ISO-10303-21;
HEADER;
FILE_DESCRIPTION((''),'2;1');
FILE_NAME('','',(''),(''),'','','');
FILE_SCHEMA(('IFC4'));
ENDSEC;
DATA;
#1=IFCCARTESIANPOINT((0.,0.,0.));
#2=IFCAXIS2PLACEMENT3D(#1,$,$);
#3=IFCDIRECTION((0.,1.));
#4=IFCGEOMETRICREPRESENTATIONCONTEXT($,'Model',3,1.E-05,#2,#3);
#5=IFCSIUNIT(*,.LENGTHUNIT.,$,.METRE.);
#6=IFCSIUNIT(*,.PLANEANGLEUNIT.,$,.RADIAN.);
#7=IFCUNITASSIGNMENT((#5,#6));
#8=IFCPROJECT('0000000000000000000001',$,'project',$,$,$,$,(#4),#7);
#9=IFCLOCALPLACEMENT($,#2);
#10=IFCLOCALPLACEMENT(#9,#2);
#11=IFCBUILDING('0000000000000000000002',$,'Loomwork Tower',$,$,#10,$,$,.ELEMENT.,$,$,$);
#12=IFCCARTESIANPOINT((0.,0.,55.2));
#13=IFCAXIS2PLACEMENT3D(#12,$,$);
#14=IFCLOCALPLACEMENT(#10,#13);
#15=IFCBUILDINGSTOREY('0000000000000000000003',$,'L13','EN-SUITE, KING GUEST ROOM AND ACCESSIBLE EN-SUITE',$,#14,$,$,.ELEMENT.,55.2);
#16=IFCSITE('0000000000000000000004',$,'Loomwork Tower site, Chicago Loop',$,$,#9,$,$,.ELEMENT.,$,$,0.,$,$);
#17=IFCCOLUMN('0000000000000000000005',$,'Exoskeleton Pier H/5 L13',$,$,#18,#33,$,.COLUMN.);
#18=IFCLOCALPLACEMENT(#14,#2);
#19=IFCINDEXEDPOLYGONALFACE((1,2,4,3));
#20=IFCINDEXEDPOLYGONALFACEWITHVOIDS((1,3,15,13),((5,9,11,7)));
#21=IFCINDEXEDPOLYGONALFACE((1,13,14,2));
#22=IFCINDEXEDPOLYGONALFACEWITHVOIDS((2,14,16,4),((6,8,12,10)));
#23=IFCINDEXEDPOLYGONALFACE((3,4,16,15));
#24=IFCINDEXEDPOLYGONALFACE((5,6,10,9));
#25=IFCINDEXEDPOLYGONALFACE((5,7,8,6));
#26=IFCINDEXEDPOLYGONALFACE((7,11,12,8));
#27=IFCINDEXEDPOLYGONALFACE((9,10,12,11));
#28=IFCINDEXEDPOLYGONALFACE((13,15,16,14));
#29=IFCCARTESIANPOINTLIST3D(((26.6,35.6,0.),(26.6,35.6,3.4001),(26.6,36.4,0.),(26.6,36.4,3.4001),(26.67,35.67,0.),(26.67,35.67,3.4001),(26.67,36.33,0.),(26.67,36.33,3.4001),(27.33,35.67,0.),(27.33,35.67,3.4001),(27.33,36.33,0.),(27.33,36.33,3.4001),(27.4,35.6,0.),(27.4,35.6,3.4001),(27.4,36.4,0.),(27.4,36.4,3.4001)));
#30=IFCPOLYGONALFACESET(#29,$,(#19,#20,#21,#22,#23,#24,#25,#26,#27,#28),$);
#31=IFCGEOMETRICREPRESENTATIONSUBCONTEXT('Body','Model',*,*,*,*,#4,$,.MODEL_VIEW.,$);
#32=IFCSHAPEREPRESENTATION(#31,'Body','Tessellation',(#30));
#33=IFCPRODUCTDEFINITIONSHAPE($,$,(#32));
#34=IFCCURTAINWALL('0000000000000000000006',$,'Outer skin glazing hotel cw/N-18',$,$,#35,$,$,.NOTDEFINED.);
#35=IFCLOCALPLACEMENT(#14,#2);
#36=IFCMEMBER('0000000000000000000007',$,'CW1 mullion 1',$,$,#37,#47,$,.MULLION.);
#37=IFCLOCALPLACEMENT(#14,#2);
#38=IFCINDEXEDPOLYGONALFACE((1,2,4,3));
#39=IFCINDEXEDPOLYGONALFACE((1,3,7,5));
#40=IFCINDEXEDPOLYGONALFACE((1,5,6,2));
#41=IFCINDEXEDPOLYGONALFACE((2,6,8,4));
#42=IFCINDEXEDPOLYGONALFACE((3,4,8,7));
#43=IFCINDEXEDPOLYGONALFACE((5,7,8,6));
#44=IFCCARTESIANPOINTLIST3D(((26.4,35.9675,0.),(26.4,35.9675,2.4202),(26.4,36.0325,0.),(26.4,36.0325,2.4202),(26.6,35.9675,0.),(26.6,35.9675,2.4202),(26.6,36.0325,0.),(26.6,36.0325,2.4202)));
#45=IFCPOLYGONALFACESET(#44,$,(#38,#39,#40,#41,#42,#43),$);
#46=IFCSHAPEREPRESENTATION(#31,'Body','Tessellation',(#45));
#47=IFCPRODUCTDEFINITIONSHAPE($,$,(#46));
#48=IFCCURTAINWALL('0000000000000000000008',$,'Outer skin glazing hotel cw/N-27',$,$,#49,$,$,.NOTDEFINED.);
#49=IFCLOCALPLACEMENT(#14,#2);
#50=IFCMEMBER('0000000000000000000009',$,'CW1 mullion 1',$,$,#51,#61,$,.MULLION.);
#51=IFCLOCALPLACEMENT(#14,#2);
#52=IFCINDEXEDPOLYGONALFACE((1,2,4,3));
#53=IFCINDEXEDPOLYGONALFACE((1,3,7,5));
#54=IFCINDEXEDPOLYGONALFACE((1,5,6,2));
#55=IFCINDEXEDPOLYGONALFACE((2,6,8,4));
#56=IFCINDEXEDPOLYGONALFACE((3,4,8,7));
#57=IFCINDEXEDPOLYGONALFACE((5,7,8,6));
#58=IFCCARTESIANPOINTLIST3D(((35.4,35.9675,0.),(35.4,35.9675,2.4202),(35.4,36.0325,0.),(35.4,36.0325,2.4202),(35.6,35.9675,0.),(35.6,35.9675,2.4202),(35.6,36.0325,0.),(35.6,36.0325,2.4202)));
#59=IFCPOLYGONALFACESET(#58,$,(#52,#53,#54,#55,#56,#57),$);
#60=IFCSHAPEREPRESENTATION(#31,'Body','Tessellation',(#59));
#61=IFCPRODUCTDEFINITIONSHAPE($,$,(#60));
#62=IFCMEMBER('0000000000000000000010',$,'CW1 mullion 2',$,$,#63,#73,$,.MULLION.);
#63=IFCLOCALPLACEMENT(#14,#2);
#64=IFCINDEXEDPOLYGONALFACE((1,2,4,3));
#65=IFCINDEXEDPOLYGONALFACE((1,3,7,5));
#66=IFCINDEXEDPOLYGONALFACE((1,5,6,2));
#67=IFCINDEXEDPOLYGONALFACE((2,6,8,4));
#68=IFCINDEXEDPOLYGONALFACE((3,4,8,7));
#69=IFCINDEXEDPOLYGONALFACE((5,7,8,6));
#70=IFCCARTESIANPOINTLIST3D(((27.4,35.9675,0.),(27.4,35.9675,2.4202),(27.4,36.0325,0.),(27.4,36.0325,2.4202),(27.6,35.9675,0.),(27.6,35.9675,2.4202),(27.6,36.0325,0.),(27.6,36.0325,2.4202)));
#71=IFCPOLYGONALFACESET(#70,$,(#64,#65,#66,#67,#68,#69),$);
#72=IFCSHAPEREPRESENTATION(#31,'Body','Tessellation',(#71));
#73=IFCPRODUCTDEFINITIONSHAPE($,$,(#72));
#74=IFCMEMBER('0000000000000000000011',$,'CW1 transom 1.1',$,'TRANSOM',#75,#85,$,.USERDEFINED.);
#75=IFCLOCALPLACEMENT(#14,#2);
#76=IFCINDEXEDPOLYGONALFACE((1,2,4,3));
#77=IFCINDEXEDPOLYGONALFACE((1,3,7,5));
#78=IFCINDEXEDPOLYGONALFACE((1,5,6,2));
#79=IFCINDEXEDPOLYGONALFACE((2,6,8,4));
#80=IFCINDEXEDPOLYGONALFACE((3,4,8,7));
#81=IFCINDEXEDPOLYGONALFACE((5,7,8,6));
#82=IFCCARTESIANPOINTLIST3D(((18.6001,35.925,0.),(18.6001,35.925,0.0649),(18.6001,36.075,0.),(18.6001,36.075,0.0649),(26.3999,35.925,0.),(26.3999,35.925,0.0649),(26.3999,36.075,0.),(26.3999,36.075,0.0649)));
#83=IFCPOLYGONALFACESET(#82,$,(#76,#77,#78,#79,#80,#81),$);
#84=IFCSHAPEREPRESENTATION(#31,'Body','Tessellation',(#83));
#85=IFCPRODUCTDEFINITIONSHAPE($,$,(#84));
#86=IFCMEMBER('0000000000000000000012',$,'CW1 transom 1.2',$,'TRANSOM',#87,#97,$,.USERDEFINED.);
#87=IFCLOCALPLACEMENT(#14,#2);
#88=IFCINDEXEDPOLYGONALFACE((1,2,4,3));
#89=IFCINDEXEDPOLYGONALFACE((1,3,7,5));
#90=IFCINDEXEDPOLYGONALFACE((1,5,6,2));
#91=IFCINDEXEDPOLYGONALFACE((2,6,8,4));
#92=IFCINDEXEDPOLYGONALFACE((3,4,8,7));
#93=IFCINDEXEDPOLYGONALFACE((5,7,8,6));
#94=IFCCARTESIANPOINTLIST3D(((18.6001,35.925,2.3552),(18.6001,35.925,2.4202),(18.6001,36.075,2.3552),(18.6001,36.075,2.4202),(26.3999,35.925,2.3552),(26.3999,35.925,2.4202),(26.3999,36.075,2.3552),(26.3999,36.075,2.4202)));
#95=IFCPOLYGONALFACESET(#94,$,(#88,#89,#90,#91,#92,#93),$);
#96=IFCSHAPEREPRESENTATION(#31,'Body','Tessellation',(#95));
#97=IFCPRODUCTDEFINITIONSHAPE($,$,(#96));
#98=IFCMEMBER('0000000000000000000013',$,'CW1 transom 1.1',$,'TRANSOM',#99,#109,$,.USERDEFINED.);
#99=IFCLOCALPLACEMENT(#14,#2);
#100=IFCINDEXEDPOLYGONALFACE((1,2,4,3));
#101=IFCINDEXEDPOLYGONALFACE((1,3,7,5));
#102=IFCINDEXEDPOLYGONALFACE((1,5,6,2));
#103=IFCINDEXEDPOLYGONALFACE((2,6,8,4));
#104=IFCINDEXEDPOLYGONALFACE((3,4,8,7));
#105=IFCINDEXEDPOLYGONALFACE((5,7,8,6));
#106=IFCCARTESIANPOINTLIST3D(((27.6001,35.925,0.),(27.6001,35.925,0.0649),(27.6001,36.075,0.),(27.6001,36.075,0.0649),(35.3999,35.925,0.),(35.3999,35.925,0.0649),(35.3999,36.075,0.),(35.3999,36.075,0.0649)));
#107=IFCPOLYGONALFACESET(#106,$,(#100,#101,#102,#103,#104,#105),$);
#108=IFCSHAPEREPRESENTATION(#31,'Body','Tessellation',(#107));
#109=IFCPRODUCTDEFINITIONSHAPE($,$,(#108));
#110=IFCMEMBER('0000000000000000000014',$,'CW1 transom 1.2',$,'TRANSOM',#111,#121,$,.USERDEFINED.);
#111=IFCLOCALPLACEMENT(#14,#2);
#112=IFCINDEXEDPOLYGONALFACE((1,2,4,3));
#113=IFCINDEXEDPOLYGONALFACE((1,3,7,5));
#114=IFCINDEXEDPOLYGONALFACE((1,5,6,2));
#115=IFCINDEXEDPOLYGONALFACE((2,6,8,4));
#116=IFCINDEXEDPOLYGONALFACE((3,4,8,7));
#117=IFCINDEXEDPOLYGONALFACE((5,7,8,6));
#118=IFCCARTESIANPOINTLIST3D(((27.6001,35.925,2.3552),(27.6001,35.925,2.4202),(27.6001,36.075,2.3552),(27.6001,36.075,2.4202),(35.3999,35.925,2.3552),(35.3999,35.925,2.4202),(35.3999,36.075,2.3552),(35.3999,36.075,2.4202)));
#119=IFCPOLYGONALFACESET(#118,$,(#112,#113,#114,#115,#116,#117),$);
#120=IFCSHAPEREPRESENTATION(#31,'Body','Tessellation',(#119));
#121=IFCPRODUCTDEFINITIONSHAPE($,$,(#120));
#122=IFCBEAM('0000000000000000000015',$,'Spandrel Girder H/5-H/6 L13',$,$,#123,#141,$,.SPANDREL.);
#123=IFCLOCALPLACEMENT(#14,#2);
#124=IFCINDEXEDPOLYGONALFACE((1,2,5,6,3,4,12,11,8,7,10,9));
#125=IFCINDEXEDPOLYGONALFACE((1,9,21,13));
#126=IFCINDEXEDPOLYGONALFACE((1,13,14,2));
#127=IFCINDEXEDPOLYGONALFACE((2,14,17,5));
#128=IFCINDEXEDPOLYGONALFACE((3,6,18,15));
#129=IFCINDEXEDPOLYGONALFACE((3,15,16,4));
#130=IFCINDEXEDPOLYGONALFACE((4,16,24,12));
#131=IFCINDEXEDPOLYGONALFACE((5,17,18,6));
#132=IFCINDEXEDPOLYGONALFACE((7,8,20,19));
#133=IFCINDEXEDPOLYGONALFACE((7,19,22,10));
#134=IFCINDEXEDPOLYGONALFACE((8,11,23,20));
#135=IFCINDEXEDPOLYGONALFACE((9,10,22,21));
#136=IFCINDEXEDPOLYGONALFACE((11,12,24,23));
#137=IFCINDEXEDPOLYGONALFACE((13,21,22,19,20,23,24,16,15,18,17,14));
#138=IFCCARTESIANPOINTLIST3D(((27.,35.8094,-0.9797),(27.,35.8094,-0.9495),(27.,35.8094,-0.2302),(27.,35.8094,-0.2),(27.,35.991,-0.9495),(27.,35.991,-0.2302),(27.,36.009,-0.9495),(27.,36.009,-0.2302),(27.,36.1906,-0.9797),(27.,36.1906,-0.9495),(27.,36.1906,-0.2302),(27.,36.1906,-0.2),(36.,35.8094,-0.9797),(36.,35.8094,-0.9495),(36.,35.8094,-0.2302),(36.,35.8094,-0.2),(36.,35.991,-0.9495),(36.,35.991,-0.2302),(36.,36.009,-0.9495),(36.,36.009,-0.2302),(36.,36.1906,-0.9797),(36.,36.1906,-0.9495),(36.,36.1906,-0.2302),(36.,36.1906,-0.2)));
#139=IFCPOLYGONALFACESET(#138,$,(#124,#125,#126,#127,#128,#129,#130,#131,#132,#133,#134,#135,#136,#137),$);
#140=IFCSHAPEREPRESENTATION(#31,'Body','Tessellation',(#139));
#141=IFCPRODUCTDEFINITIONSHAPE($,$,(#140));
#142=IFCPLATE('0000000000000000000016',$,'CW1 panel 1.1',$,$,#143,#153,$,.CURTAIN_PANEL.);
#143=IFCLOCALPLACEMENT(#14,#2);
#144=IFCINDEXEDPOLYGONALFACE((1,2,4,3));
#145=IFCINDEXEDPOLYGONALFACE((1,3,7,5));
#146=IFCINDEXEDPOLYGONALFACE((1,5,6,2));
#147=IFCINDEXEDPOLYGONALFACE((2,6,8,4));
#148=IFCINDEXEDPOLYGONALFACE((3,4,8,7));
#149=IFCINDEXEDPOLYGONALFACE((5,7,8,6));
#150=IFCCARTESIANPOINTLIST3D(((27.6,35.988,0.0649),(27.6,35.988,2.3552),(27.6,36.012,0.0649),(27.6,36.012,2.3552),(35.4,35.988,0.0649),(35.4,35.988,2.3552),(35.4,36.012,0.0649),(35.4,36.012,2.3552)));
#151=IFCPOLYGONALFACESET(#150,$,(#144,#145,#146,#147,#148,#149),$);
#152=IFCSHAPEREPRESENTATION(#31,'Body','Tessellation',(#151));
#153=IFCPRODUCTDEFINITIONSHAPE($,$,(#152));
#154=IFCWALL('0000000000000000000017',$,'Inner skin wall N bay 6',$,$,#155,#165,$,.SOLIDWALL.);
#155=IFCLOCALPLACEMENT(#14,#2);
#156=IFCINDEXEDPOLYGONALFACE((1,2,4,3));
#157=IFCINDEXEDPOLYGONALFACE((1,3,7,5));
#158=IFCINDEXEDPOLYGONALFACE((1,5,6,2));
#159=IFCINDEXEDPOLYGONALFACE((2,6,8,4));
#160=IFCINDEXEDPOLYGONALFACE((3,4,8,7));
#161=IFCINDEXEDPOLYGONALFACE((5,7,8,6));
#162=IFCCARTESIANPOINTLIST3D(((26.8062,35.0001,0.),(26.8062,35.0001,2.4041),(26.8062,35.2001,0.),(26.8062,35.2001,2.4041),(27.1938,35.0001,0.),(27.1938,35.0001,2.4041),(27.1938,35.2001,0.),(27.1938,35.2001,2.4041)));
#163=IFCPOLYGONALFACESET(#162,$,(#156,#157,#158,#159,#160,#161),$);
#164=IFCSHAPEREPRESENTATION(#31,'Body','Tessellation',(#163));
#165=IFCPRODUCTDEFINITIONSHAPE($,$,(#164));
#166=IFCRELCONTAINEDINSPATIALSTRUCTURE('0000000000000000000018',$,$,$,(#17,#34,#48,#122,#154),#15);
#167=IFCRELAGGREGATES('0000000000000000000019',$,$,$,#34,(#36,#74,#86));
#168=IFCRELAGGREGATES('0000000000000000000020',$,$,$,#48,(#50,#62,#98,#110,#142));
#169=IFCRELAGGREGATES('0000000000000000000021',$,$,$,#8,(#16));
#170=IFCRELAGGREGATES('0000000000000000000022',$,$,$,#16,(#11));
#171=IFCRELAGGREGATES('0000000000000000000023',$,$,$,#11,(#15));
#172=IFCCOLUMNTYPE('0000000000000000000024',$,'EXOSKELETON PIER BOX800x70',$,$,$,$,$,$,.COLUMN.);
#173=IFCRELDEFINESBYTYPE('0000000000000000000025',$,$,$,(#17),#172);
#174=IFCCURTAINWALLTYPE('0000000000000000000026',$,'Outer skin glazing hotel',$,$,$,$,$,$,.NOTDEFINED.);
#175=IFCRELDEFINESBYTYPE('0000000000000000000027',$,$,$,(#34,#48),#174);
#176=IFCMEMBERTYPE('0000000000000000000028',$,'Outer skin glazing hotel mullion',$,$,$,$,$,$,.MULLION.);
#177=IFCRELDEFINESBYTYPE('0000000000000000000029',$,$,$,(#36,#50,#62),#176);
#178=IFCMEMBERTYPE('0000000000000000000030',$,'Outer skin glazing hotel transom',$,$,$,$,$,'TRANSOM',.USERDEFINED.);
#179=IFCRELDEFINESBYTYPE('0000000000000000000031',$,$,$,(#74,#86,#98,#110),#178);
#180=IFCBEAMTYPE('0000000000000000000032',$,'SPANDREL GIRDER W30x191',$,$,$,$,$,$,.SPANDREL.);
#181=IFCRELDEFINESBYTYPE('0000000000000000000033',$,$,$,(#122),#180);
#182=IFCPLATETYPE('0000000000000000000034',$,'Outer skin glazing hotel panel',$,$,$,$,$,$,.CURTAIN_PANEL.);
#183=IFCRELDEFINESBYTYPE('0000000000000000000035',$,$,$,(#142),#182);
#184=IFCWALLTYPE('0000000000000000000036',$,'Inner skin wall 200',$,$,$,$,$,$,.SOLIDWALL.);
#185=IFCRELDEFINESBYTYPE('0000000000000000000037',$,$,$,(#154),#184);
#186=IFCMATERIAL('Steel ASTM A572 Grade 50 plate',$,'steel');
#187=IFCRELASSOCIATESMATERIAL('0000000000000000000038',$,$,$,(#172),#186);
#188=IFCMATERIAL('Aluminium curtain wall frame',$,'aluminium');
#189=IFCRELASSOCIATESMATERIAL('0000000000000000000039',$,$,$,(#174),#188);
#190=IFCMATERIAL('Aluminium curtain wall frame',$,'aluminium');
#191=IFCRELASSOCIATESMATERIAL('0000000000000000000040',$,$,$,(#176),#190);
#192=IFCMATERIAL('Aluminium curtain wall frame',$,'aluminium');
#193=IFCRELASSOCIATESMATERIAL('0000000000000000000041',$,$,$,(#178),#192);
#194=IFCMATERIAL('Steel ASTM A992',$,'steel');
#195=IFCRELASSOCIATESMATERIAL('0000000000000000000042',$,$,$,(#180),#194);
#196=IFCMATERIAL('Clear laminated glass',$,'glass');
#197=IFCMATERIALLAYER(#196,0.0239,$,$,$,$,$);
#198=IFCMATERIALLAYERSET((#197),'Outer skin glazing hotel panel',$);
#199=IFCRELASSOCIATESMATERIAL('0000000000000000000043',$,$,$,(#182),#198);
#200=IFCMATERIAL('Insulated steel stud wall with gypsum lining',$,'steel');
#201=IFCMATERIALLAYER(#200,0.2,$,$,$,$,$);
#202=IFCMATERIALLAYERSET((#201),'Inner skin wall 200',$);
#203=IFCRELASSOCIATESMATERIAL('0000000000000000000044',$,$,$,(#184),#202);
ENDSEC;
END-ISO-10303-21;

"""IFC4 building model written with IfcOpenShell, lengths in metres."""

from ifc_helpers import new_model, si_unit, direction, frame, frame_2d, origin, origin_2d, place, context, subcontext, project, spatial, rectangle, hollow_rectangle, i_section, extrude, material, layer, layer_set, material_profile, profile_set, type_object, element, aggregate, save


model = new_model("IFC4")

# Units and contexts
model_context = context("Model", 3, precision=1e-05, world=origin(), true_north=direction((0.0, 1.0)))
body_context = subcontext(model_context, "Body", "Model", "MODEL_VIEW")
ifc_project = project(units=[si_unit("LENGTHUNIT", "METRE"), si_unit("PLANEANGLEUNIT", "RADIAN")], contexts=[model_context])

# Site, building, storey
site_placement = place(None, origin())
site = spatial("IfcSite", under=ifc_project, at=site_placement, Name="Loomwork Tower site, Chicago Loop", CompositionType="ELEMENT", RefElevation=0.0)
building_placement = place(site_placement, origin())
building = spatial("IfcBuilding", under=site, at=building_placement, Name="Loomwork Tower", CompositionType="ELEMENT")
storey_placement = place(building_placement, frame((0.0, 0.0, 55.2)))
storey = spatial("IfcBuildingStorey", under=building, at=storey_placement, Name="L13", Description="EN-SUITE, KING GUEST ROOM AND ACCESSIBLE EN-SUITE", CompositionType="ELEMENT", Elevation=55.2)

# Column
ifc_material_1 = material(Name="Steel ASTM A572 Grade 50 plate", Category="steel")
ifc_material_profile_1 = material_profile(ifc_material_1, hollow_rectangle(XDim=0.8, YDim=0.8, WallThickness=0.0701, at=origin_2d()), Name="BOX800x70")
ifc_profile_set_1 = profile_set([ifc_material_profile_1], Name="Steel ASTM A572 Grade 50 plate")
column_type = type_object("IfcColumnType", Name="EXOSKELETON PIER BOX800x70", PredefinedType="COLUMN", material=ifc_profile_set_1)
column_placement = place(storey_placement, frame((27.0, 36.0, 0.0), z_axis=(0.0, 0.0, 1.0), x_axis=(1.0, 0.0, 0.0)))
element("IfcColumn", 1, at=column_placement, inside=storey, type_object=column_type, Name="Exoskeleton Pier H/5 L13", PredefinedType="COLUMN", context=body_context, shape_type="SweptSolid", body=[
    extrude(hollow_rectangle(XDim=0.8, YDim=0.8, WallThickness=0.0701, at=origin_2d()), origin(), (0.0, 0.0, 1.0), 3.4001),
])

# Curtain wall, member
ifc_material_2 = material(Name="Aluminium curtain wall frame", Category="aluminium")
curtain_wall_type = type_object("IfcCurtainWallType", Name="Outer skin glazing hotel", PredefinedType="NOTDEFINED", material=ifc_material_2)
curtain_wall_1_placement = place(storey_placement, origin())
curtain_wall_1 = element("IfcCurtainWall", 2, at=curtain_wall_1_placement, inside=storey, type_object=curtain_wall_type, Name="Outer skin glazing hotel cw/N-18", PredefinedType="NOTDEFINED")
ifc_material_3 = material(Name="Aluminium curtain wall frame", Category="aluminium")
ifc_material_profile_2 = material_profile(ifc_material_3, rectangle(XDim=0.0649, YDim=0.2, at=origin_2d()), Name="AL 65x200")
ifc_profile_set_2 = profile_set([ifc_material_profile_2], Name="Aluminium curtain wall frame")
member_type_1 = type_object("IfcMemberType", Name="Outer skin glazing hotel mullion", PredefinedType="MULLION", material=ifc_profile_set_2)
member_1_placement = place(storey_placement, frame((26.5, 36.0, 0.0), z_axis=(0.0, 0.0, 1.0), x_axis=(0.0, -1.0, 0.0)))
member_1 = element("IfcMember", 3, at=member_1_placement, type_object=member_type_1, Name="CW1 mullion 1", PredefinedType="MULLION", context=body_context, shape_type="SweptSolid", body=[
    extrude(rectangle(XDim=0.0649, YDim=0.2, at=origin_2d()), origin(), (0.0, 0.0, 1.0), 2.4202),
])

# Curtain wall, members
curtain_wall_2_placement = place(storey_placement, origin())
curtain_wall_2 = element("IfcCurtainWall", 4, at=curtain_wall_2_placement, inside=storey, type_object=curtain_wall_type, Name="Outer skin glazing hotel cw/N-27", PredefinedType="NOTDEFINED")
member_2_placement = place(storey_placement, frame((35.5, 36.0, 0.0), z_axis=(0.0, 0.0, 1.0), x_axis=(0.0, -1.0, 0.0)))
member_2 = element("IfcMember", 5, at=member_2_placement, type_object=member_type_1, Name="CW1 mullion 1", PredefinedType="MULLION", context=body_context, shape_type="SweptSolid", body=[
    extrude(rectangle(XDim=0.0649, YDim=0.2, at=origin_2d()), origin(), (0.0, 0.0, 1.0), 2.4202),
])
member_3_placement = place(storey_placement, frame((27.5, 36.0, 0.0), z_axis=(0.0, 0.0, 1.0), x_axis=(0.0, -1.0, 0.0)))
member_3 = element("IfcMember", 6, at=member_3_placement, type_object=member_type_1, Name="CW1 mullion 2", PredefinedType="MULLION", context=body_context, shape_type="SweptSolid", body=[
    extrude(rectangle(XDim=0.0649, YDim=0.2, at=origin_2d()), origin(), (0.0, 0.0, 1.0), 2.4202),
])

# Members
ifc_material_4 = material(Name="Aluminium curtain wall frame", Category="aluminium")
ifc_material_profile_3 = material_profile(ifc_material_4, rectangle(XDim=0.1499, YDim=0.0649, at=origin_2d()), Name="AL 65x150")
ifc_profile_set_3 = profile_set([ifc_material_profile_3], Name="Aluminium curtain wall frame")
member_type_2 = type_object("IfcMemberType", Name="Outer skin glazing hotel transom", ElementType="TRANSOM", PredefinedType="USERDEFINED", material=ifc_profile_set_3)
member_4_placement = place(storey_placement, frame((26.3999, 36.0, 0.0325), z_axis=(-1.0, 0.0, 0.0), x_axis=(0.0, -1.0, 0.0)))
member_4 = element("IfcMember", 7, at=member_4_placement, type_object=member_type_2, Name="CW1 transom 1.1", ObjectType="TRANSOM", PredefinedType="USERDEFINED", context=body_context, shape_type="SweptSolid", body=[
    extrude(rectangle(XDim=0.1499, YDim=0.0649, at=origin_2d()), origin(), (0.0, 0.0, 1.0), 7.7998),
])
member_5_placement = place(storey_placement, frame((26.3999, 36.0, 2.3877), z_axis=(-1.0, 0.0, 0.0), x_axis=(0.0, -1.0, 0.0)))
member_5 = element("IfcMember", 8, at=member_5_placement, type_object=member_type_2, Name="CW1 transom 1.2", ObjectType="TRANSOM", PredefinedType="USERDEFINED", context=body_context, shape_type="SweptSolid", body=[
    extrude(rectangle(XDim=0.1499, YDim=0.0649, at=origin_2d()), origin(), (0.0, 0.0, 1.0), 7.7998),
])
aggregate(curtain_wall_1, [member_1, member_4, member_5])
member_6_placement = place(storey_placement, frame((35.3999, 36.0, 0.0325), z_axis=(-1.0, 0.0, 0.0), x_axis=(0.0, -1.0, 0.0)))
member_6 = element("IfcMember", 9, at=member_6_placement, type_object=member_type_2, Name="CW1 transom 1.1", ObjectType="TRANSOM", PredefinedType="USERDEFINED", context=body_context, shape_type="SweptSolid", body=[
    extrude(rectangle(XDim=0.1499, YDim=0.0649, at=origin_2d()), origin(), (0.0, 0.0, 1.0), 7.7998),
])
member_7_placement = place(storey_placement, frame((35.3999, 36.0, 2.3877), z_axis=(-1.0, 0.0, 0.0), x_axis=(0.0, -1.0, 0.0)))
member_7 = element("IfcMember", 10, at=member_7_placement, type_object=member_type_2, Name="CW1 transom 1.2", ObjectType="TRANSOM", PredefinedType="USERDEFINED", context=body_context, shape_type="SweptSolid", body=[
    extrude(rectangle(XDim=0.1499, YDim=0.0649, at=origin_2d()), origin(), (0.0, 0.0, 1.0), 7.7998),
])

# Beam
ifc_material_5 = material(Name="Steel ASTM A992", Category="steel")
ifc_material_profile_4 = material_profile(ifc_material_5, i_section(OverallWidth=0.3811, OverallDepth=0.7798, WebThickness=0.0181, FlangeThickness=0.0303, at=origin_2d()), Name="W30x191")
ifc_profile_set_4 = profile_set([ifc_material_profile_4], Name="Steel ASTM A992")
beam_type = type_object("IfcBeamType", Name="SPANDREL GIRDER W30x191", PredefinedType="SPANDREL", material=ifc_profile_set_4)
beam_placement = place(storey_placement, frame((27.0, 36.0, -0.5898), z_axis=(1.0, 0.0, 0.0), x_axis=(0.0, 1.0, 0.0)))
element("IfcBeam", 11, at=beam_placement, inside=storey, type_object=beam_type, Name="Spandrel Girder H/5-H/6 L13", PredefinedType="SPANDREL", context=body_context, shape_type="SweptSolid", body=[
    extrude(i_section(OverallWidth=0.3811, OverallDepth=0.7798, WebThickness=0.0181, FlangeThickness=0.0303, at=origin_2d()), origin(), (0.0, 0.0, 1.0), 9.0),
])

# Plate
ifc_material_6 = material(Name="Clear laminated glass", Category="glass")
ifc_layer_1 = layer(ifc_material_6, 0.0239)
ifc_layer_set_1 = layer_set([ifc_layer_1], Name="Outer skin glazing hotel panel")
plate_type = type_object("IfcPlateType", Name="Outer skin glazing hotel panel", PredefinedType="CURTAIN_PANEL", material=ifc_layer_set_1)
plate_placement = place(storey_placement, frame((31.5, 36.0, 0.0649), z_axis=(0.0, 0.0, 1.0), x_axis=(-1.0, 0.0, 0.0)))
plate = element("IfcPlate", 12, at=plate_placement, type_object=plate_type, Name="CW1 panel 1.1", PredefinedType="CURTAIN_PANEL", context=body_context, shape_type="SweptSolid", body=[
    extrude(rectangle(XDim=7.8, YDim=0.0239, at=origin_2d()), origin(), (0.0, 0.0, 1.0), 2.2903),
])
aggregate(curtain_wall_2, [member_2, member_3, member_6, member_7, plate])

# Wall
ifc_material_7 = material(Name="Insulated steel stud wall with gypsum lining", Category="steel")
ifc_layer_2 = layer(ifc_material_7, 0.2)
ifc_layer_set_2 = layer_set([ifc_layer_2], Name="Inner skin wall 200")
wall_type = type_object("IfcWallType", Name="Inner skin wall 200", PredefinedType="SOLIDWALL", material=ifc_layer_set_2)
wall_1_placement = place(storey_placement, frame((26.8062, 35.1001, 0.0), z_axis=(0.0, 0.0, 1.0), x_axis=(1.0, 0.0, 0.0)))
element("IfcWall", 13, at=wall_1_placement, inside=storey, type_object=wall_type, Name="Inner skin wall N bay 6", PredefinedType="SOLIDWALL", context=body_context, shape_type="SweptSolid", body=[
    extrude(rectangle(XDim=0.3877, YDim=0.2, at=frame_2d((0.1938, 0.0))), origin(), (0.0, 0.0, 1.0), 2.4041),
])

save(model, "model.ifc")
